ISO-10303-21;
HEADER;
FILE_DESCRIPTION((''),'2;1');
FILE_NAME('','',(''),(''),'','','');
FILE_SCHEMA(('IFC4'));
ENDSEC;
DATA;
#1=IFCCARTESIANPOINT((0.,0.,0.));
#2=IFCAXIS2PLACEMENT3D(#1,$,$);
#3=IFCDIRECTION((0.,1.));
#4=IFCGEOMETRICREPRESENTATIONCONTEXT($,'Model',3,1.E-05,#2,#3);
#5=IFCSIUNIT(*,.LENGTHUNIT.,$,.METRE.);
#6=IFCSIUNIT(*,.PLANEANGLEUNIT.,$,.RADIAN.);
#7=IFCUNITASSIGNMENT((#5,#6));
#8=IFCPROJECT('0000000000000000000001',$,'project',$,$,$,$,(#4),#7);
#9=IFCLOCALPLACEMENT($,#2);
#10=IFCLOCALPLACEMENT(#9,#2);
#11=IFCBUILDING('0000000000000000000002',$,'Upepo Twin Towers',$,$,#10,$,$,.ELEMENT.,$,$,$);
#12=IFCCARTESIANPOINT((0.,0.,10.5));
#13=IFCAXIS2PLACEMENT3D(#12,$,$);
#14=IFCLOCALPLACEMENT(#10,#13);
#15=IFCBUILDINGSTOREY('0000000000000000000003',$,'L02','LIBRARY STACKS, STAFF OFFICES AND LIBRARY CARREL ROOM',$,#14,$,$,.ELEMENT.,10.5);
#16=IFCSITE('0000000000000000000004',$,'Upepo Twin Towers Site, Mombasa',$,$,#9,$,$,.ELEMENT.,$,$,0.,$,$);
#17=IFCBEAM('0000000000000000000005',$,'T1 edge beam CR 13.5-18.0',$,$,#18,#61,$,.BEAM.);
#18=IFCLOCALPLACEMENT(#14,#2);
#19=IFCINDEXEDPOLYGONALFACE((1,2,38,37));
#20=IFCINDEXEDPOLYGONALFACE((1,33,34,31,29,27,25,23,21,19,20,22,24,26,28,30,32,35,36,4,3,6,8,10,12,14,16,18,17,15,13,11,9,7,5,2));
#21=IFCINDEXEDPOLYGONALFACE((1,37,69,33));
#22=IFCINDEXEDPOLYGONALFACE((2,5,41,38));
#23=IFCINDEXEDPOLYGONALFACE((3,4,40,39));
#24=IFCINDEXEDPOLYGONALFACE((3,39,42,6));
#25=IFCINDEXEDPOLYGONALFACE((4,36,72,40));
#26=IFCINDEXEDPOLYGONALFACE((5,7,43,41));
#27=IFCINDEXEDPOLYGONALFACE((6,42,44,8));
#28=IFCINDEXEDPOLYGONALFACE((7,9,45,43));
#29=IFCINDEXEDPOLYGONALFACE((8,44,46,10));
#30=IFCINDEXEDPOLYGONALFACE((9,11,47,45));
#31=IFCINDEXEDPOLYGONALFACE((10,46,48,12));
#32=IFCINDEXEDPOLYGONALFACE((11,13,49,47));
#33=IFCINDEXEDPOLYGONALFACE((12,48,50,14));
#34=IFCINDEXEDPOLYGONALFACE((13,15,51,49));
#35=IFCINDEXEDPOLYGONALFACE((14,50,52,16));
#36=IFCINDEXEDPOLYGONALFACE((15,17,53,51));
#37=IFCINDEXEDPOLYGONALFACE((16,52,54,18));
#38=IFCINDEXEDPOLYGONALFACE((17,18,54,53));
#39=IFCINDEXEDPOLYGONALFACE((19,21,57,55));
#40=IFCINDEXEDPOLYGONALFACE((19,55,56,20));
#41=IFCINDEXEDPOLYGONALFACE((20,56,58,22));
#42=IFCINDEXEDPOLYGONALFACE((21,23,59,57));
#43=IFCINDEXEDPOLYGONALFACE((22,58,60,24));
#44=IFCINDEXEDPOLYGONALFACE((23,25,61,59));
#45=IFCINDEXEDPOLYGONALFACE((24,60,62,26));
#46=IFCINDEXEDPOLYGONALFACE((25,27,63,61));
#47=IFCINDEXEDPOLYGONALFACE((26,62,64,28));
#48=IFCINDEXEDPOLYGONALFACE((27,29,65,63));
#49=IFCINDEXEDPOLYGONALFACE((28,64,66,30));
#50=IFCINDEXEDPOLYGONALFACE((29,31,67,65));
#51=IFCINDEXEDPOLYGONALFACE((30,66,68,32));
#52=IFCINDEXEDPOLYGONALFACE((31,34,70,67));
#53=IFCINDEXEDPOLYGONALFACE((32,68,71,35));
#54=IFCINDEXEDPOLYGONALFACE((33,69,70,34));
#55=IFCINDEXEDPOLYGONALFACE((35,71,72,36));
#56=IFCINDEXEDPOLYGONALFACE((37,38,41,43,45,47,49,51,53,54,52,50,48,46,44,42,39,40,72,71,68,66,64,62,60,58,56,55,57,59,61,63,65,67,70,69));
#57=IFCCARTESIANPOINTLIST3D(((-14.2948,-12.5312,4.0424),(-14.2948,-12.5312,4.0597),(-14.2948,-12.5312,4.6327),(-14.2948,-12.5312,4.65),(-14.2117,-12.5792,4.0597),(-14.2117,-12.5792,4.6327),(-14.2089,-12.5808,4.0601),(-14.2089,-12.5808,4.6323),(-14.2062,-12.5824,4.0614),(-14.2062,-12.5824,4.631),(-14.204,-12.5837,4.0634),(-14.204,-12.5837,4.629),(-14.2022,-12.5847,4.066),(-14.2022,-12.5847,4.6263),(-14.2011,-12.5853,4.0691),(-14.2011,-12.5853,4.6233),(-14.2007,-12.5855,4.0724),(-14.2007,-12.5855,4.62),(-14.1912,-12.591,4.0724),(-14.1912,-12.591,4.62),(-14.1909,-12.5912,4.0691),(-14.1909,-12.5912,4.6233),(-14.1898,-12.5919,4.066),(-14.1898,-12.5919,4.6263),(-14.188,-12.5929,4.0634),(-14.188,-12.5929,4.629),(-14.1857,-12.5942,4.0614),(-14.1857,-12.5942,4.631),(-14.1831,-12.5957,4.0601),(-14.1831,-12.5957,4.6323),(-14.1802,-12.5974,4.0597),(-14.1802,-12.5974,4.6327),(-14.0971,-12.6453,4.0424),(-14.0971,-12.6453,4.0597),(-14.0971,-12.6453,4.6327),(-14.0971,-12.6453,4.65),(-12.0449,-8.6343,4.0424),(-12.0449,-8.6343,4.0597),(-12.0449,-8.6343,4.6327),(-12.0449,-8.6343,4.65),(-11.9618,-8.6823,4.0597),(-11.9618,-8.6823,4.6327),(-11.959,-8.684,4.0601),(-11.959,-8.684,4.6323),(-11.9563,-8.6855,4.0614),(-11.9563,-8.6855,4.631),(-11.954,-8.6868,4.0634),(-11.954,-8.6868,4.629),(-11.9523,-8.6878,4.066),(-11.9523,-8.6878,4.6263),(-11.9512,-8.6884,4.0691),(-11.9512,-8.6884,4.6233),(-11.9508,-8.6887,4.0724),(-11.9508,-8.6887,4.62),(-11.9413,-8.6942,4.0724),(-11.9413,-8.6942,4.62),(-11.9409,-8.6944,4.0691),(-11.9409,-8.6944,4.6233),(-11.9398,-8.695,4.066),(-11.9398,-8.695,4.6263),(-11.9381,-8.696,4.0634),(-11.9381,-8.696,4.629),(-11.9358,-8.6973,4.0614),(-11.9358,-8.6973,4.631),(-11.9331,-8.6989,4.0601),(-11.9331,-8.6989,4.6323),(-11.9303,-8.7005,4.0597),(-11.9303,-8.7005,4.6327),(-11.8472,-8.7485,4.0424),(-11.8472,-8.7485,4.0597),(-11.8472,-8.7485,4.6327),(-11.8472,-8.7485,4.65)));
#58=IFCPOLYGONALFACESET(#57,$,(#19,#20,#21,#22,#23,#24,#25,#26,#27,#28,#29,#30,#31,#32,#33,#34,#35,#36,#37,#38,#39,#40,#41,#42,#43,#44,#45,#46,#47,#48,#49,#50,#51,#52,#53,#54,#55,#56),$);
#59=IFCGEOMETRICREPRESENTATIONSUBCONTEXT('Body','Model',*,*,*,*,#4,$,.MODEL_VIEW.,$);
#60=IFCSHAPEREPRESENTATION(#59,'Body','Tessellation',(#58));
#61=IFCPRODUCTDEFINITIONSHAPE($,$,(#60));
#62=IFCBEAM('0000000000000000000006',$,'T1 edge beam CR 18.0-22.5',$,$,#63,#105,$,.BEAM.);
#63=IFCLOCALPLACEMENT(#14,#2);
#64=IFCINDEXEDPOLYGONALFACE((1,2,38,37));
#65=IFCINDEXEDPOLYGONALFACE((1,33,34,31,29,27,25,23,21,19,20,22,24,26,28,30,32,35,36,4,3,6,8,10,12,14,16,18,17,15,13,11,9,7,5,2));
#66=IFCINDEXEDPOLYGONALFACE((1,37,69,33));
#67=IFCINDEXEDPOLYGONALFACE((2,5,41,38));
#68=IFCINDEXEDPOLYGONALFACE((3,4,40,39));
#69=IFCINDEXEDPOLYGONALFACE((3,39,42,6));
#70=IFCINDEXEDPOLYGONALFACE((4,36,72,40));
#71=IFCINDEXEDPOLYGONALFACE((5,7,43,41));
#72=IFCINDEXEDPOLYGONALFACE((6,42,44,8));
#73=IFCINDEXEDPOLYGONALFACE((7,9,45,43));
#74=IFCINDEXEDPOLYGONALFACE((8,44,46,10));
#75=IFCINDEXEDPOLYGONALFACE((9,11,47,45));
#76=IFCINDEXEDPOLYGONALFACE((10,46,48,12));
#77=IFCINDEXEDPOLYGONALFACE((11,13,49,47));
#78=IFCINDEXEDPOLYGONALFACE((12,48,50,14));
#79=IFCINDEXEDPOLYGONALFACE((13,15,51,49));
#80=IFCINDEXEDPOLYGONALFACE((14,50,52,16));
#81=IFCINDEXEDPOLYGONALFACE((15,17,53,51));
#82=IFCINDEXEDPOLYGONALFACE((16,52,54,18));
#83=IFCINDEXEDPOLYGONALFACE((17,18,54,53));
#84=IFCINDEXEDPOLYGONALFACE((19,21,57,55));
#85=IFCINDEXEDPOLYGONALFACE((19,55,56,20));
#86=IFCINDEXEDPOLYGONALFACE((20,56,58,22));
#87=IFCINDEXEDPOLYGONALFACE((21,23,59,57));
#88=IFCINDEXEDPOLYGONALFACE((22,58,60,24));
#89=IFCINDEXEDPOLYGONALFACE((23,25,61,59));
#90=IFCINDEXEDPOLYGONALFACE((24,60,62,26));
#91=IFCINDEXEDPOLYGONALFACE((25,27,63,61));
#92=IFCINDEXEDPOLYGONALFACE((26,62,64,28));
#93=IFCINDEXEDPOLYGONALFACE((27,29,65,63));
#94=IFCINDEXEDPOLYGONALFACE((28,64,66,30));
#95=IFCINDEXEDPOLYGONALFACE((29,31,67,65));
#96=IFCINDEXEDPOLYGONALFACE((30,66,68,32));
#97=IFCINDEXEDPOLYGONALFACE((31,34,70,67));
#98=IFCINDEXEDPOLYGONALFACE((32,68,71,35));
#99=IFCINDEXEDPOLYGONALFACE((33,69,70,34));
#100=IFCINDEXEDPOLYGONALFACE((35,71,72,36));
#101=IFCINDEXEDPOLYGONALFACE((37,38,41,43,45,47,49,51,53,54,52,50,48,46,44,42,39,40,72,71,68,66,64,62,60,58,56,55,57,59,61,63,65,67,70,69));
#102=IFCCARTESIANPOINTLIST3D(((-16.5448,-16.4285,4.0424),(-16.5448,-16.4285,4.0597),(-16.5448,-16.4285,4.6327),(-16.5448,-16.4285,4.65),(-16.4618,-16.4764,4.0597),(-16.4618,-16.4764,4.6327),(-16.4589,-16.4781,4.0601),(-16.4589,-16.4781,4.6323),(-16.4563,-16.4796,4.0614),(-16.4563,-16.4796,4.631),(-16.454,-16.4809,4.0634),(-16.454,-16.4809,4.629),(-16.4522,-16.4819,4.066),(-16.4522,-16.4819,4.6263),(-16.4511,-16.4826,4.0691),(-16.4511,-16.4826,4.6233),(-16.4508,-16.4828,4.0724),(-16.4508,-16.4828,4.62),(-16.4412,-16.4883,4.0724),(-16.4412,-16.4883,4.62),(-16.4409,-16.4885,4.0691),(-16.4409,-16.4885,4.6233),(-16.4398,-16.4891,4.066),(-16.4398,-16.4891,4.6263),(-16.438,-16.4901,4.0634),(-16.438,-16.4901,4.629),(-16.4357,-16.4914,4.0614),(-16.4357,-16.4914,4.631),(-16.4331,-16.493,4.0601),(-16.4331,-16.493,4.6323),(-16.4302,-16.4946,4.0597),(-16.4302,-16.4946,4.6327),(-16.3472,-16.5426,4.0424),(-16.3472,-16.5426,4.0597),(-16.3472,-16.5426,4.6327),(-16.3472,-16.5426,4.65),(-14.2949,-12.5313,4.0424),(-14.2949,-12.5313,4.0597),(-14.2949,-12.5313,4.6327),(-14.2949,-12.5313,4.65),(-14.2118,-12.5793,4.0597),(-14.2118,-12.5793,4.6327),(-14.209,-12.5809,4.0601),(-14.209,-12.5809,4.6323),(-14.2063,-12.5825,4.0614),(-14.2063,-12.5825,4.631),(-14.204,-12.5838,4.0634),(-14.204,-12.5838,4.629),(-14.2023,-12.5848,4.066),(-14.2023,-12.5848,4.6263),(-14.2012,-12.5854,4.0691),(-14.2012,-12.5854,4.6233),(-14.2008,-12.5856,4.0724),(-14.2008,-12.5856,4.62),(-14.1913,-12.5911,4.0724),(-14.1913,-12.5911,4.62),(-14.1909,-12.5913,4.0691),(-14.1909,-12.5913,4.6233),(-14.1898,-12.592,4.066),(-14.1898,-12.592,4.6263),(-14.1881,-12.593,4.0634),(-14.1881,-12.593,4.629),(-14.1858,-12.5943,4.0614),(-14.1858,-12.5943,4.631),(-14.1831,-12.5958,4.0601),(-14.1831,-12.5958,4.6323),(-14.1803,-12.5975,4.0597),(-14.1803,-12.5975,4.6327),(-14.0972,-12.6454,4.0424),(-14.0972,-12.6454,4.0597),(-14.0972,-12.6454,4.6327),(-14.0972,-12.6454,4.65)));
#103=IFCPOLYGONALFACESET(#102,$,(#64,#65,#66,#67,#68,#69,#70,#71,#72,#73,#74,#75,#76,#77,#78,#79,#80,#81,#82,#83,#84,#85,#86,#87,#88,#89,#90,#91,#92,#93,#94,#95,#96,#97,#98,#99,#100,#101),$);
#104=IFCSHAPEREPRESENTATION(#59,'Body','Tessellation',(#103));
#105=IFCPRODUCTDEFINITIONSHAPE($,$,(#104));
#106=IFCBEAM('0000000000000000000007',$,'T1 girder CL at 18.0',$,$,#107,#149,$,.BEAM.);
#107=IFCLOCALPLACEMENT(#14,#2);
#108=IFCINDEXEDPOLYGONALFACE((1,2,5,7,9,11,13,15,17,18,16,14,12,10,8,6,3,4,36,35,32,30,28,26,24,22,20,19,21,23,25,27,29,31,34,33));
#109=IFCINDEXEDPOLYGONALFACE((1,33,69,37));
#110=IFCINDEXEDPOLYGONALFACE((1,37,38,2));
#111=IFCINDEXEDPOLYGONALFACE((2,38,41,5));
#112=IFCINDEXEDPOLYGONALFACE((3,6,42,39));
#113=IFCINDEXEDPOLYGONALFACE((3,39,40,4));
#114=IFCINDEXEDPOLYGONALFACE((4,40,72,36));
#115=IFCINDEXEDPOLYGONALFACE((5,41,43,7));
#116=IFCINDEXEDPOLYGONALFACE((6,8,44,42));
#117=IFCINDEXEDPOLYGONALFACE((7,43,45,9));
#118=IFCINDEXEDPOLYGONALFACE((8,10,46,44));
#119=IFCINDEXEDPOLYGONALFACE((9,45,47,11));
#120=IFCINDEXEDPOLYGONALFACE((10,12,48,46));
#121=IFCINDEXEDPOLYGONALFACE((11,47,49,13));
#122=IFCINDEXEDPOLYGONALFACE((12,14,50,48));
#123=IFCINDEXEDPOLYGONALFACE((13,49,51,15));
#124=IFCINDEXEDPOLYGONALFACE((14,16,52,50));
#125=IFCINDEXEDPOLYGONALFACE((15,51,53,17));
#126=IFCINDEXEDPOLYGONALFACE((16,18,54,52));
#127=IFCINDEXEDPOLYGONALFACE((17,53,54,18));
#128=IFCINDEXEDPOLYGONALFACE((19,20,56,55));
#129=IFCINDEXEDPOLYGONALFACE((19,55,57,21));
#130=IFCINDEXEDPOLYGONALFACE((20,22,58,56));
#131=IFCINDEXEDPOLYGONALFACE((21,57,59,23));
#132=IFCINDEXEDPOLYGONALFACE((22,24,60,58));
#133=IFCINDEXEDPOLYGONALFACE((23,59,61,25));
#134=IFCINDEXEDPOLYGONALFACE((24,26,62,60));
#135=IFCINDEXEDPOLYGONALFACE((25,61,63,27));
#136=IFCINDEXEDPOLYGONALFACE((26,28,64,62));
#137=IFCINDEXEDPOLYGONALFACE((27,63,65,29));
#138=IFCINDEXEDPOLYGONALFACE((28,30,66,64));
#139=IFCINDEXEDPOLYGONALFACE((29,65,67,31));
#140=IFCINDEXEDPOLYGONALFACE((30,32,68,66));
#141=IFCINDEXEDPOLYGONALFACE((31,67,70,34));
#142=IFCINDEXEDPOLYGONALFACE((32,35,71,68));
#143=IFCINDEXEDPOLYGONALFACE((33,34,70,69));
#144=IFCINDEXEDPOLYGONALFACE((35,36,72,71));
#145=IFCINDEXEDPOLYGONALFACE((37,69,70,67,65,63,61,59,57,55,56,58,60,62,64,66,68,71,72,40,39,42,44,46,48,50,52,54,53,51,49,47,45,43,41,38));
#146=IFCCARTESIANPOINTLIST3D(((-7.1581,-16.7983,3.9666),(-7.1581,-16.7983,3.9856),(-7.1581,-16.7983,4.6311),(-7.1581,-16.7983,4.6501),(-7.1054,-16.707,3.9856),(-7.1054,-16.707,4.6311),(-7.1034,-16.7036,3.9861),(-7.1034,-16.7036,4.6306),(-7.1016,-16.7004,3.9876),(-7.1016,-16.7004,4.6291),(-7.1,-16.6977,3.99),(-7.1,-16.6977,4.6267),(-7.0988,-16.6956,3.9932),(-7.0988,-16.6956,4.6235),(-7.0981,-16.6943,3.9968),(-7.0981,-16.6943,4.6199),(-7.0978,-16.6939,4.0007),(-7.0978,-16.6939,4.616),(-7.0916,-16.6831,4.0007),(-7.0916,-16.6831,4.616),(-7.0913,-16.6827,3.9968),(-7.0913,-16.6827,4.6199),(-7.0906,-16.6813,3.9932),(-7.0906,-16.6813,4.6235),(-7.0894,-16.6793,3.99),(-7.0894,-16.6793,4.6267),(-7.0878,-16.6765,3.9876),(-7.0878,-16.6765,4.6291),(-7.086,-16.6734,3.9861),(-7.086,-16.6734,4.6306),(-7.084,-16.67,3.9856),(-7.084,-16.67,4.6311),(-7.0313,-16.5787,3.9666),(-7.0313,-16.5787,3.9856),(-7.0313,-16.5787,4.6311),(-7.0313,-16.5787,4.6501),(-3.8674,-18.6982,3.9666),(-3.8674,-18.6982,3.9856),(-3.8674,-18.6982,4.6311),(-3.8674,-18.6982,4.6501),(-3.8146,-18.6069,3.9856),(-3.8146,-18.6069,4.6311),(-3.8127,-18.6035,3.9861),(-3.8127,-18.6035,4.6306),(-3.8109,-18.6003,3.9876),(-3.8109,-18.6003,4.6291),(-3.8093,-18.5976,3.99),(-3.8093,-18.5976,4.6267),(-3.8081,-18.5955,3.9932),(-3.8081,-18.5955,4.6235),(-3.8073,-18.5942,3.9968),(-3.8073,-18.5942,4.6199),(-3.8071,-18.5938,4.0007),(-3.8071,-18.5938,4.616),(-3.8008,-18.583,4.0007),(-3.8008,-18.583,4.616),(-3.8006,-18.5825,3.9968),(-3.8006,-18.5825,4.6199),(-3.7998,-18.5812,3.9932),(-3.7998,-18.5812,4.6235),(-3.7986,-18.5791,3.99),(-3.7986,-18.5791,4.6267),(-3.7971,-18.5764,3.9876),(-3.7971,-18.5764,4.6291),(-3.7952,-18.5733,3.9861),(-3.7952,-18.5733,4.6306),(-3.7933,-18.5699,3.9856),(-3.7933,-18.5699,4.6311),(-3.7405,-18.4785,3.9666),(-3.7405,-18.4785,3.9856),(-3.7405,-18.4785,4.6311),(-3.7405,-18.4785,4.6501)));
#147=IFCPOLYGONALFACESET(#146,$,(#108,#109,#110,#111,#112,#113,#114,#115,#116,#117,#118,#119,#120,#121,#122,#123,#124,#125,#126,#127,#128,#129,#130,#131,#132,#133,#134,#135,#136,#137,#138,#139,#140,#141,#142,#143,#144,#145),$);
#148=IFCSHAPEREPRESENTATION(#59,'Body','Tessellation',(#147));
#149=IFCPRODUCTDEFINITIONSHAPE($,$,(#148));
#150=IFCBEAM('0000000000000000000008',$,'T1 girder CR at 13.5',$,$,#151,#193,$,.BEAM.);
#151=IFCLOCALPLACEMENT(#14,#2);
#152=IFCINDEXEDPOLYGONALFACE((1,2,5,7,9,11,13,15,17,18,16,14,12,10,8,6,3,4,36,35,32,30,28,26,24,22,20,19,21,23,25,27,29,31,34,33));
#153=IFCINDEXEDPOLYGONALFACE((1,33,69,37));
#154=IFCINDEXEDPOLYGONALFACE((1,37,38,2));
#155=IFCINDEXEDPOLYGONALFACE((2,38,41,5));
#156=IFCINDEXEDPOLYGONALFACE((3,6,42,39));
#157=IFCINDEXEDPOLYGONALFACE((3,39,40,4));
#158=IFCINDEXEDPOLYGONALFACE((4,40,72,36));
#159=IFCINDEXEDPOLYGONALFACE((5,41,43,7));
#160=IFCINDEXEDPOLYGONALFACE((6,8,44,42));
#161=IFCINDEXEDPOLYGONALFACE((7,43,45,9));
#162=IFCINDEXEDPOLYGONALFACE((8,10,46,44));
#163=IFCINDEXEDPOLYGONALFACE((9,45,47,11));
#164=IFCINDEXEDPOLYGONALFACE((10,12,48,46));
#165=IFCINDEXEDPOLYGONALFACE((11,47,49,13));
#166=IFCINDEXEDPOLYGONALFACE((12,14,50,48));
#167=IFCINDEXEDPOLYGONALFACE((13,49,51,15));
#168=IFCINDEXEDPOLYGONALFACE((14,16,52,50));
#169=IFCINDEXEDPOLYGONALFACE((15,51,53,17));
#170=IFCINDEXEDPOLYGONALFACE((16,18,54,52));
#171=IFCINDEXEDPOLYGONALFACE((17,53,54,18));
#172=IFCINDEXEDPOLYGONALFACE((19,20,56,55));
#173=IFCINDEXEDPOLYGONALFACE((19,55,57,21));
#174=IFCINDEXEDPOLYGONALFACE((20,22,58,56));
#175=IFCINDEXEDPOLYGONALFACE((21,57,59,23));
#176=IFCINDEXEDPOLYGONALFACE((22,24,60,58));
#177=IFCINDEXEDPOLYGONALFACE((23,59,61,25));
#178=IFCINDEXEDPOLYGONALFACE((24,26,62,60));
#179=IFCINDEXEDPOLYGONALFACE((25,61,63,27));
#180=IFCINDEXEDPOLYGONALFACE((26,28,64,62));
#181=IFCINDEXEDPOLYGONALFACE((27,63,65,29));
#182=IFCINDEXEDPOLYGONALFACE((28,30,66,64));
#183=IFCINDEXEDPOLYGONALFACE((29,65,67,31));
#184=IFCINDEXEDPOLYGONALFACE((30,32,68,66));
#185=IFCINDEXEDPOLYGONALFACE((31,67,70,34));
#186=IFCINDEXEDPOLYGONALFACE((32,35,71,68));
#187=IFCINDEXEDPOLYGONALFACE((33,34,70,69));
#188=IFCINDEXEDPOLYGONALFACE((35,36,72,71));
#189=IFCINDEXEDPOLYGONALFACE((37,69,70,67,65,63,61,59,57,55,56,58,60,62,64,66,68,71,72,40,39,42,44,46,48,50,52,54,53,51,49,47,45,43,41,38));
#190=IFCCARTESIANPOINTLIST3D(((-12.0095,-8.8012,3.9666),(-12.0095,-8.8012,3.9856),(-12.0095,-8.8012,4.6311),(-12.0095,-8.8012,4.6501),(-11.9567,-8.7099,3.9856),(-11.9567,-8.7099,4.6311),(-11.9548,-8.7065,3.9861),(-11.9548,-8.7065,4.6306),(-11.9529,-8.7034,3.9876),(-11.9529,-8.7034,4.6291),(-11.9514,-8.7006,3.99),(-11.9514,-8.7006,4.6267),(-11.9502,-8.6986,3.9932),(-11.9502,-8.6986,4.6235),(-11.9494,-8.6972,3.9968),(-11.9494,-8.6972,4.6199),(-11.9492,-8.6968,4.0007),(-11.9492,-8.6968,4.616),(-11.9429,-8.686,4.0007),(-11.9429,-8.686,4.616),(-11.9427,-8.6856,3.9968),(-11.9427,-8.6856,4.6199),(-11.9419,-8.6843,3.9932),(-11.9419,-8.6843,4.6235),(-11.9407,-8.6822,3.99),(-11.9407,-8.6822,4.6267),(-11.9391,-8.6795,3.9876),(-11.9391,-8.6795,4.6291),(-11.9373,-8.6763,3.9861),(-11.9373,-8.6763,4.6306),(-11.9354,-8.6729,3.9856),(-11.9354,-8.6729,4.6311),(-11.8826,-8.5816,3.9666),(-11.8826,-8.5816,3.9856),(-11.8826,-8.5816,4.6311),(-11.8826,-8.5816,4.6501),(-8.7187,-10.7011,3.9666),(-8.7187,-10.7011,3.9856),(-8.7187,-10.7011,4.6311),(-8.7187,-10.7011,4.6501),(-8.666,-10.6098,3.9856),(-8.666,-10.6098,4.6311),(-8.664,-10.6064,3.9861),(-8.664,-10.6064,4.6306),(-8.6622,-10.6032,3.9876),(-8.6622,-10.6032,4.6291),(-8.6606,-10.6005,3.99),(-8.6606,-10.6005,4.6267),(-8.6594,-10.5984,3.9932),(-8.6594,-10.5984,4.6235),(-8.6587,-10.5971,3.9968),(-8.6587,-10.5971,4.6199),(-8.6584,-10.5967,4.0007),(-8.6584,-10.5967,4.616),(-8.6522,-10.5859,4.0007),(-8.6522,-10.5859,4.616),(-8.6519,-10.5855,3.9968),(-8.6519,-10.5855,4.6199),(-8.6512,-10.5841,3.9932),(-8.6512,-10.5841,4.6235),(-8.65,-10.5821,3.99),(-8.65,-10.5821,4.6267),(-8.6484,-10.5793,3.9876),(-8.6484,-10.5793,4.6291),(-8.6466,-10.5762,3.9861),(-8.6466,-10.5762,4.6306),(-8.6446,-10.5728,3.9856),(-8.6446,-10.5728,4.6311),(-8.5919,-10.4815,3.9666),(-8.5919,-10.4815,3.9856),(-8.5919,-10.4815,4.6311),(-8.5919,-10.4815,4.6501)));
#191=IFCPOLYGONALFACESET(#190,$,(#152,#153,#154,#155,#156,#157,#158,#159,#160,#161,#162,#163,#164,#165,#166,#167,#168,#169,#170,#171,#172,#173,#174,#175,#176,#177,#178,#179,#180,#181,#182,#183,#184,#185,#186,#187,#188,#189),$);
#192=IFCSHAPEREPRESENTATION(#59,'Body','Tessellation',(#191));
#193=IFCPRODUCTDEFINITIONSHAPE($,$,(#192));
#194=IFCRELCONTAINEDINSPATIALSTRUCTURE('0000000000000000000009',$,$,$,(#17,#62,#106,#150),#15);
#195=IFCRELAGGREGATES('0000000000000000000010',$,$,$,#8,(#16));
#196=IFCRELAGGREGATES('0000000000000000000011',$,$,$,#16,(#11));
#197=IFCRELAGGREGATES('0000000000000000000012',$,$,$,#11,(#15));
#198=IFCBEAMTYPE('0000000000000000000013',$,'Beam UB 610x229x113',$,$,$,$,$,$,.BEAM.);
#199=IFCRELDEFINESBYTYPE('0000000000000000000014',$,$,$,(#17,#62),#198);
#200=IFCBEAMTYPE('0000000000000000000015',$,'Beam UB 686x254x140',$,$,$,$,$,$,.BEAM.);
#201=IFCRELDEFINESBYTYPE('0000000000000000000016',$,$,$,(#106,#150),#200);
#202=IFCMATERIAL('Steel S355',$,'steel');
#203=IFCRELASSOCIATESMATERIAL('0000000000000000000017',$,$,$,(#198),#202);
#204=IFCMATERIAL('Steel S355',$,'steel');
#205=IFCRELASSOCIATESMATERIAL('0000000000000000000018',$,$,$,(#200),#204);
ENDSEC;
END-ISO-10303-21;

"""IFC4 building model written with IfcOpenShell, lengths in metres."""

from ifc_helpers import new_model, si_unit, direction, frame, origin, origin_2d, place, context, subcontext, project, spatial, i_section, extrude, material, material_profile, profile_set, type_object, element, save


model = new_model("IFC4")

# Units and contexts
model_context = context("Model", 3, precision=1e-05, world=origin(), true_north=direction((0.0, 1.0)))
body_context = subcontext(model_context, "Body", "Model", "MODEL_VIEW")
ifc_project = project(units=[si_unit("LENGTHUNIT", "METRE"), si_unit("PLANEANGLEUNIT", "RADIAN")], contexts=[model_context])

# Site, building, storey
site_placement = place(None, origin())
site = spatial("IfcSite", under=ifc_project, at=site_placement, Name="Upepo Twin Towers Site, Mombasa", CompositionType="ELEMENT", RefElevation=0.0)
building_placement = place(site_placement, origin())
building = spatial("IfcBuilding", under=site, at=building_placement, Name="Upepo Twin Towers", CompositionType="ELEMENT")
storey_placement = place(building_placement, frame((0.0, 0.0, 10.5)))
storey = spatial("IfcBuildingStorey", under=building, at=storey_placement, Name="L02", Description="LIBRARY STACKS, STAFF OFFICES AND LIBRARY CARREL ROOM", CompositionType="ELEMENT", Elevation=10.5)

# Beams
ifc_material_1 = material(Name="Steel S355", Category="steel")
ifc_material_profile_1 = material_profile(ifc_material_1, i_section(OverallWidth=0.2283, OverallDepth=0.6077, WebThickness=0.011, FlangeThickness=0.0173, FilletRadius=0.0127, at=origin_2d()), Name="UB 610x229x113")
ifc_profile_set_1 = profile_set([ifc_material_profile_1], Name="Steel S355")
beam_type_1 = type_object("IfcBeamType", Name="Beam UB 610x229x113", PredefinedType="BEAM", material=ifc_profile_set_1)
beam_1_placement = place(storey_placement, frame((-11.946, -8.6914, 4.3462), z_axis=(-0.500014, -0.866018, 0.0), x_axis=(0.866018, -0.500014, 0.0)))
element("IfcBeam", 1, at=beam_1_placement, inside=storey, type_object=beam_type_1, Name="T1 edge beam CR 13.5-18.0", PredefinedType="BEAM", context=body_context, shape_type="SweptSolid", body=[
    extrude(i_section(OverallWidth=0.2283, OverallDepth=0.6077, WebThickness=0.011, FlangeThickness=0.0173, FilletRadius=0.0127, at=origin_2d()), origin(), (0.0, 0.0, 1.0), 4.4998),
])
beam_2_placement = place(storey_placement, frame((-14.196, -12.5884, 4.3462), z_axis=(-0.49999, -0.866031, 0.0), x_axis=(0.866031, -0.49999, 0.0)))
element("IfcBeam", 2, at=beam_2_placement, inside=storey, type_object=beam_type_1, Name="T1 edge beam CR 18.0-22.5", PredefinedType="BEAM", context=body_context, shape_type="SweptSolid", body=[
    extrude(i_section(OverallWidth=0.2283, OverallDepth=0.6077, WebThickness=0.011, FlangeThickness=0.0173, FilletRadius=0.0127, at=origin_2d()), origin(), (0.0, 0.0, 1.0), 4.5),
])
ifc_material_2 = material(Name="Steel S355", Category="steel")
ifc_material_profile_2 = material_profile(ifc_material_2, i_section(OverallWidth=0.2537, OverallDepth=0.6836, WebThickness=0.0125, FlangeThickness=0.019, FilletRadius=0.0151, at=origin_2d()), Name="UB 686x254x140")
ifc_profile_set_2 = profile_set([ifc_material_profile_2], Name="Steel S355")
beam_type_2 = type_object("IfcBeamType", Name="Beam UB 686x254x140", PredefinedType="BEAM", material=ifc_profile_set_2)
for number, where, z_axis, x_axis, name in (
    (3, (-3.804, -18.5884, 4.3083), (-0.866028, 0.499995, 0.0), (-0.499995, -0.866028, 0.0), "T1 girder CL at 18.0"),
    (4, (-11.946, -8.6914, 4.3083), (0.866028, -0.499995, 0.0), (0.499995, 0.866028, 0.0), "T1 girder CR at 13.5"),
):
    element("IfcBeam", number, at=place(storey_placement, frame(where, z_axis=z_axis, x_axis=x_axis)), inside=storey, type_object=beam_type_2, Name=name, PredefinedType="BEAM", context=body_context, shape_type="SweptSolid", body=[
        extrude(i_section(OverallWidth=0.2537, OverallDepth=0.6836, WebThickness=0.0125, FlangeThickness=0.019, FilletRadius=0.0151, at=origin_2d()), origin(), (0.0, 0.0, 1.0), 3.7998),
    ])

save(model, "model.ifc")
